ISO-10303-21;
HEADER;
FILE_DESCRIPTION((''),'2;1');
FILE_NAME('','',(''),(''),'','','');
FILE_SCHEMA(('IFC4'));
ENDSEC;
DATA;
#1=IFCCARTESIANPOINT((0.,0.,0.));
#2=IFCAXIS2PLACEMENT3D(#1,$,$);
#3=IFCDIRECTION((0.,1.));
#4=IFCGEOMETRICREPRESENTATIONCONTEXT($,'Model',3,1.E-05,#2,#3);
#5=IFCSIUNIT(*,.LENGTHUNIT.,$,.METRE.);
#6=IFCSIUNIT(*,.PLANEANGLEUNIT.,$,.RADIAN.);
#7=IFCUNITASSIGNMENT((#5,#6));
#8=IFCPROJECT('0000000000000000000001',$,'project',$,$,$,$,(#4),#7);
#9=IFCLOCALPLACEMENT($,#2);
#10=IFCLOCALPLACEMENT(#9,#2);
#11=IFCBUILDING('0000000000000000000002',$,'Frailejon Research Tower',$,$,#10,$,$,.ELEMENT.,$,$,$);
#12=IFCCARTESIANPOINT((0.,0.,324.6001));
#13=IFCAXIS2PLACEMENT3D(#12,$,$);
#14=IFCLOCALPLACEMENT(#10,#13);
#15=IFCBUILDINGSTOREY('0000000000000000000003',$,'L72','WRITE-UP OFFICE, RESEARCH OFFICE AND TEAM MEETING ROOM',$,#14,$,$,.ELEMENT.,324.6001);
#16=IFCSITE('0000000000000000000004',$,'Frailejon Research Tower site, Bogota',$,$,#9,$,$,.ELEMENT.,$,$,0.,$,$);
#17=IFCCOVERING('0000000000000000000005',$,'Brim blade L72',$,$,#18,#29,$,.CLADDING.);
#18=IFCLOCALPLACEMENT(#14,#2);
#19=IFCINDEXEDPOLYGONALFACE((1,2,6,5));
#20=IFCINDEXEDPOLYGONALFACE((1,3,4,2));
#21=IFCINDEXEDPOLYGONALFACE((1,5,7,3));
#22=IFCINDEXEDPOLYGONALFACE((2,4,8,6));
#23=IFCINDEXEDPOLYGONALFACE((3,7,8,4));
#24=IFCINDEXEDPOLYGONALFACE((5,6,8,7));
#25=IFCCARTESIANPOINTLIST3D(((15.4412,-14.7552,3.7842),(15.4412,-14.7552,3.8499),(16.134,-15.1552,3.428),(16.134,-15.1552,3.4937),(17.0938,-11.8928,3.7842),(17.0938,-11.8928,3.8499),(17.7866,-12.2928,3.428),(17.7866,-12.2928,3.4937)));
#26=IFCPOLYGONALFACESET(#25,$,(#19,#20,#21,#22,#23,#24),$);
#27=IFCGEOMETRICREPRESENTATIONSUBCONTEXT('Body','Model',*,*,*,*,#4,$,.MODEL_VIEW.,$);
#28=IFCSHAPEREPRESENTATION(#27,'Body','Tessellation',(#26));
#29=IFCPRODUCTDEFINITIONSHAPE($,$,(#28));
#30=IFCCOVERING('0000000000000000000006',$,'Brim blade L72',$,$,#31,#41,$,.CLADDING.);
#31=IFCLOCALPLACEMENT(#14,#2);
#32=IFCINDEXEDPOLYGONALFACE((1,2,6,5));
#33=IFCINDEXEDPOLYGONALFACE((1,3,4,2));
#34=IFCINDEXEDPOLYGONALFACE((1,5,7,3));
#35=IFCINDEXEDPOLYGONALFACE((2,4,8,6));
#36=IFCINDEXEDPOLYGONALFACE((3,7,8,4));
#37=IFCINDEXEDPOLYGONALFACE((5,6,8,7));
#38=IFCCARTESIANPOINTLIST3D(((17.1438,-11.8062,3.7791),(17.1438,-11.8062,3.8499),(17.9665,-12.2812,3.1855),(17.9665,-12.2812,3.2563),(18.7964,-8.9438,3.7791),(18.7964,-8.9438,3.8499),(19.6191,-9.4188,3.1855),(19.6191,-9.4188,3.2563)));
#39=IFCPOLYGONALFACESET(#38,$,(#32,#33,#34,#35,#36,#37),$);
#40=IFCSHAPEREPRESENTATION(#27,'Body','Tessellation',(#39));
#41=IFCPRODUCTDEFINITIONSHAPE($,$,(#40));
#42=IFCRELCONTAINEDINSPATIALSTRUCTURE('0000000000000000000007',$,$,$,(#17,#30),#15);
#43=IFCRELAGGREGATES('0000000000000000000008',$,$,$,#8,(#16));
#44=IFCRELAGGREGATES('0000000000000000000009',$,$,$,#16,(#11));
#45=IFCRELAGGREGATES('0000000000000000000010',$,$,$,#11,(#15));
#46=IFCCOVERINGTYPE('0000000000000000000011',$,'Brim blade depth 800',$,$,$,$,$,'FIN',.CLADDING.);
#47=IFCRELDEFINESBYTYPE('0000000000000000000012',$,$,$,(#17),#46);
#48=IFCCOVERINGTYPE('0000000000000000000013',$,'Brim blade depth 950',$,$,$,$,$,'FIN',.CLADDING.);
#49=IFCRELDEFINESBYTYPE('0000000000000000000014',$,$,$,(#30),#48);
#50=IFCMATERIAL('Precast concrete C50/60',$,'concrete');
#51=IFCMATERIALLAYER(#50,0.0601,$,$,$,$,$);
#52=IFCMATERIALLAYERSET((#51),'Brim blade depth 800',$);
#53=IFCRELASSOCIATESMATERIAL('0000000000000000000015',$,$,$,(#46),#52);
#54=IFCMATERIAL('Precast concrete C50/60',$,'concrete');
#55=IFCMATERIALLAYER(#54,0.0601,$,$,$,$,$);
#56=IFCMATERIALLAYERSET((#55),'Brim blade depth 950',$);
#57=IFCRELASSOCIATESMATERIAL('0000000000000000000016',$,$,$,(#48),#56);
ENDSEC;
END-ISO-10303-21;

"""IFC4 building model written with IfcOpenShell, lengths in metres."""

from ifc_helpers import new_model, si_unit, direction, frame, origin, place, context, subcontext, project, spatial, polyline, outline, extrude, material, layer, layer_set, type_object, element, save


model = new_model("IFC4")

# Units and contexts
model_context = context("Model", 3, precision=1e-05, world=origin(), true_north=direction((0.0, 1.0)))
body_context = subcontext(model_context, "Body", "Model", "MODEL_VIEW")
ifc_project = project(units=[si_unit("LENGTHUNIT", "METRE"), si_unit("PLANEANGLEUNIT", "RADIAN")], contexts=[model_context])

# Site, building, storey
site_placement = place(None, origin())
site = spatial("IfcSite", under=ifc_project, at=site_placement, Name="Frailejon Research Tower site, Bogota", CompositionType="ELEMENT", RefElevation=0.0)
building_placement = place(site_placement, origin())
building = spatial("IfcBuilding", under=site, at=building_placement, Name="Frailejon Research Tower", CompositionType="ELEMENT")
storey_placement = place(building_placement, frame((0.0, 0.0, 324.6001)))
storey = spatial("IfcBuildingStorey", under=building, at=storey_placement, Name="L72", Description="WRITE-UP OFFICE, RESEARCH OFFICE AND TEAM MEETING ROOM", CompositionType="ELEMENT", Elevation=324.6001)

# Coverings
ifc_material_1 = material(Name="Precast concrete C50/60", Category="concrete")
ifc_layer_1 = layer(ifc_material_1, 0.0601)
ifc_layer_set_1 = layer_set([ifc_layer_1], Name="Brim blade depth 800")
covering_type_1 = type_object("IfcCoveringType", Name="Brim blade depth 800", ElementType="FIN", PredefinedType="CLADDING", material=ifc_layer_set_1)
covering_1_placement = place(storey_placement, frame((17.0938, -11.8928, 3.8499), z_axis=(-0.499999, -0.866026, 0.0), x_axis=(0.866026, -0.499999, 0.0)))
element("IfcCovering", 1, at=covering_1_placement, inside=storey, type_object=covering_type_1, Name="Brim blade L72", PredefinedType="CLADDING", context=body_context, shape_type="SweptSolid", body=[
    extrude(outline(polyline([(0.0, -0.0657), (0.8, -0.4219), (0.8, -0.3562), (0.0, 0.0), (0.0, -0.0657)])), origin(), (0.0, 0.0, 1.0), 3.3052),
])
ifc_material_2 = material(Name="Precast concrete C50/60", Category="concrete")
ifc_layer_2 = layer(ifc_material_2, 0.0601)
ifc_layer_set_2 = layer_set([ifc_layer_2], Name="Brim blade depth 950")
covering_type_2 = type_object("IfcCoveringType", Name="Brim blade depth 950", ElementType="FIN", PredefinedType="CLADDING", material=ifc_layer_set_2)
covering_2_placement = place(storey_placement, frame((18.7964, -8.9438, 3.8499), z_axis=(-0.499999, -0.866026, 0.0), x_axis=(0.866026, -0.499999, 0.0)))
element("IfcCovering", 2, at=covering_2_placement, inside=storey, type_object=covering_type_2, Name="Brim blade L72", PredefinedType="CLADDING", context=body_context, shape_type="SweptSolid", body=[
    extrude(outline(polyline([(0.0, -0.0708), (0.95, -0.6643), (0.95, -0.5935), (0.0, 0.0), (0.0, -0.0708)])), origin(), (0.0, 0.0, 1.0), 3.3052),
])

save(model, "model.ifc")
